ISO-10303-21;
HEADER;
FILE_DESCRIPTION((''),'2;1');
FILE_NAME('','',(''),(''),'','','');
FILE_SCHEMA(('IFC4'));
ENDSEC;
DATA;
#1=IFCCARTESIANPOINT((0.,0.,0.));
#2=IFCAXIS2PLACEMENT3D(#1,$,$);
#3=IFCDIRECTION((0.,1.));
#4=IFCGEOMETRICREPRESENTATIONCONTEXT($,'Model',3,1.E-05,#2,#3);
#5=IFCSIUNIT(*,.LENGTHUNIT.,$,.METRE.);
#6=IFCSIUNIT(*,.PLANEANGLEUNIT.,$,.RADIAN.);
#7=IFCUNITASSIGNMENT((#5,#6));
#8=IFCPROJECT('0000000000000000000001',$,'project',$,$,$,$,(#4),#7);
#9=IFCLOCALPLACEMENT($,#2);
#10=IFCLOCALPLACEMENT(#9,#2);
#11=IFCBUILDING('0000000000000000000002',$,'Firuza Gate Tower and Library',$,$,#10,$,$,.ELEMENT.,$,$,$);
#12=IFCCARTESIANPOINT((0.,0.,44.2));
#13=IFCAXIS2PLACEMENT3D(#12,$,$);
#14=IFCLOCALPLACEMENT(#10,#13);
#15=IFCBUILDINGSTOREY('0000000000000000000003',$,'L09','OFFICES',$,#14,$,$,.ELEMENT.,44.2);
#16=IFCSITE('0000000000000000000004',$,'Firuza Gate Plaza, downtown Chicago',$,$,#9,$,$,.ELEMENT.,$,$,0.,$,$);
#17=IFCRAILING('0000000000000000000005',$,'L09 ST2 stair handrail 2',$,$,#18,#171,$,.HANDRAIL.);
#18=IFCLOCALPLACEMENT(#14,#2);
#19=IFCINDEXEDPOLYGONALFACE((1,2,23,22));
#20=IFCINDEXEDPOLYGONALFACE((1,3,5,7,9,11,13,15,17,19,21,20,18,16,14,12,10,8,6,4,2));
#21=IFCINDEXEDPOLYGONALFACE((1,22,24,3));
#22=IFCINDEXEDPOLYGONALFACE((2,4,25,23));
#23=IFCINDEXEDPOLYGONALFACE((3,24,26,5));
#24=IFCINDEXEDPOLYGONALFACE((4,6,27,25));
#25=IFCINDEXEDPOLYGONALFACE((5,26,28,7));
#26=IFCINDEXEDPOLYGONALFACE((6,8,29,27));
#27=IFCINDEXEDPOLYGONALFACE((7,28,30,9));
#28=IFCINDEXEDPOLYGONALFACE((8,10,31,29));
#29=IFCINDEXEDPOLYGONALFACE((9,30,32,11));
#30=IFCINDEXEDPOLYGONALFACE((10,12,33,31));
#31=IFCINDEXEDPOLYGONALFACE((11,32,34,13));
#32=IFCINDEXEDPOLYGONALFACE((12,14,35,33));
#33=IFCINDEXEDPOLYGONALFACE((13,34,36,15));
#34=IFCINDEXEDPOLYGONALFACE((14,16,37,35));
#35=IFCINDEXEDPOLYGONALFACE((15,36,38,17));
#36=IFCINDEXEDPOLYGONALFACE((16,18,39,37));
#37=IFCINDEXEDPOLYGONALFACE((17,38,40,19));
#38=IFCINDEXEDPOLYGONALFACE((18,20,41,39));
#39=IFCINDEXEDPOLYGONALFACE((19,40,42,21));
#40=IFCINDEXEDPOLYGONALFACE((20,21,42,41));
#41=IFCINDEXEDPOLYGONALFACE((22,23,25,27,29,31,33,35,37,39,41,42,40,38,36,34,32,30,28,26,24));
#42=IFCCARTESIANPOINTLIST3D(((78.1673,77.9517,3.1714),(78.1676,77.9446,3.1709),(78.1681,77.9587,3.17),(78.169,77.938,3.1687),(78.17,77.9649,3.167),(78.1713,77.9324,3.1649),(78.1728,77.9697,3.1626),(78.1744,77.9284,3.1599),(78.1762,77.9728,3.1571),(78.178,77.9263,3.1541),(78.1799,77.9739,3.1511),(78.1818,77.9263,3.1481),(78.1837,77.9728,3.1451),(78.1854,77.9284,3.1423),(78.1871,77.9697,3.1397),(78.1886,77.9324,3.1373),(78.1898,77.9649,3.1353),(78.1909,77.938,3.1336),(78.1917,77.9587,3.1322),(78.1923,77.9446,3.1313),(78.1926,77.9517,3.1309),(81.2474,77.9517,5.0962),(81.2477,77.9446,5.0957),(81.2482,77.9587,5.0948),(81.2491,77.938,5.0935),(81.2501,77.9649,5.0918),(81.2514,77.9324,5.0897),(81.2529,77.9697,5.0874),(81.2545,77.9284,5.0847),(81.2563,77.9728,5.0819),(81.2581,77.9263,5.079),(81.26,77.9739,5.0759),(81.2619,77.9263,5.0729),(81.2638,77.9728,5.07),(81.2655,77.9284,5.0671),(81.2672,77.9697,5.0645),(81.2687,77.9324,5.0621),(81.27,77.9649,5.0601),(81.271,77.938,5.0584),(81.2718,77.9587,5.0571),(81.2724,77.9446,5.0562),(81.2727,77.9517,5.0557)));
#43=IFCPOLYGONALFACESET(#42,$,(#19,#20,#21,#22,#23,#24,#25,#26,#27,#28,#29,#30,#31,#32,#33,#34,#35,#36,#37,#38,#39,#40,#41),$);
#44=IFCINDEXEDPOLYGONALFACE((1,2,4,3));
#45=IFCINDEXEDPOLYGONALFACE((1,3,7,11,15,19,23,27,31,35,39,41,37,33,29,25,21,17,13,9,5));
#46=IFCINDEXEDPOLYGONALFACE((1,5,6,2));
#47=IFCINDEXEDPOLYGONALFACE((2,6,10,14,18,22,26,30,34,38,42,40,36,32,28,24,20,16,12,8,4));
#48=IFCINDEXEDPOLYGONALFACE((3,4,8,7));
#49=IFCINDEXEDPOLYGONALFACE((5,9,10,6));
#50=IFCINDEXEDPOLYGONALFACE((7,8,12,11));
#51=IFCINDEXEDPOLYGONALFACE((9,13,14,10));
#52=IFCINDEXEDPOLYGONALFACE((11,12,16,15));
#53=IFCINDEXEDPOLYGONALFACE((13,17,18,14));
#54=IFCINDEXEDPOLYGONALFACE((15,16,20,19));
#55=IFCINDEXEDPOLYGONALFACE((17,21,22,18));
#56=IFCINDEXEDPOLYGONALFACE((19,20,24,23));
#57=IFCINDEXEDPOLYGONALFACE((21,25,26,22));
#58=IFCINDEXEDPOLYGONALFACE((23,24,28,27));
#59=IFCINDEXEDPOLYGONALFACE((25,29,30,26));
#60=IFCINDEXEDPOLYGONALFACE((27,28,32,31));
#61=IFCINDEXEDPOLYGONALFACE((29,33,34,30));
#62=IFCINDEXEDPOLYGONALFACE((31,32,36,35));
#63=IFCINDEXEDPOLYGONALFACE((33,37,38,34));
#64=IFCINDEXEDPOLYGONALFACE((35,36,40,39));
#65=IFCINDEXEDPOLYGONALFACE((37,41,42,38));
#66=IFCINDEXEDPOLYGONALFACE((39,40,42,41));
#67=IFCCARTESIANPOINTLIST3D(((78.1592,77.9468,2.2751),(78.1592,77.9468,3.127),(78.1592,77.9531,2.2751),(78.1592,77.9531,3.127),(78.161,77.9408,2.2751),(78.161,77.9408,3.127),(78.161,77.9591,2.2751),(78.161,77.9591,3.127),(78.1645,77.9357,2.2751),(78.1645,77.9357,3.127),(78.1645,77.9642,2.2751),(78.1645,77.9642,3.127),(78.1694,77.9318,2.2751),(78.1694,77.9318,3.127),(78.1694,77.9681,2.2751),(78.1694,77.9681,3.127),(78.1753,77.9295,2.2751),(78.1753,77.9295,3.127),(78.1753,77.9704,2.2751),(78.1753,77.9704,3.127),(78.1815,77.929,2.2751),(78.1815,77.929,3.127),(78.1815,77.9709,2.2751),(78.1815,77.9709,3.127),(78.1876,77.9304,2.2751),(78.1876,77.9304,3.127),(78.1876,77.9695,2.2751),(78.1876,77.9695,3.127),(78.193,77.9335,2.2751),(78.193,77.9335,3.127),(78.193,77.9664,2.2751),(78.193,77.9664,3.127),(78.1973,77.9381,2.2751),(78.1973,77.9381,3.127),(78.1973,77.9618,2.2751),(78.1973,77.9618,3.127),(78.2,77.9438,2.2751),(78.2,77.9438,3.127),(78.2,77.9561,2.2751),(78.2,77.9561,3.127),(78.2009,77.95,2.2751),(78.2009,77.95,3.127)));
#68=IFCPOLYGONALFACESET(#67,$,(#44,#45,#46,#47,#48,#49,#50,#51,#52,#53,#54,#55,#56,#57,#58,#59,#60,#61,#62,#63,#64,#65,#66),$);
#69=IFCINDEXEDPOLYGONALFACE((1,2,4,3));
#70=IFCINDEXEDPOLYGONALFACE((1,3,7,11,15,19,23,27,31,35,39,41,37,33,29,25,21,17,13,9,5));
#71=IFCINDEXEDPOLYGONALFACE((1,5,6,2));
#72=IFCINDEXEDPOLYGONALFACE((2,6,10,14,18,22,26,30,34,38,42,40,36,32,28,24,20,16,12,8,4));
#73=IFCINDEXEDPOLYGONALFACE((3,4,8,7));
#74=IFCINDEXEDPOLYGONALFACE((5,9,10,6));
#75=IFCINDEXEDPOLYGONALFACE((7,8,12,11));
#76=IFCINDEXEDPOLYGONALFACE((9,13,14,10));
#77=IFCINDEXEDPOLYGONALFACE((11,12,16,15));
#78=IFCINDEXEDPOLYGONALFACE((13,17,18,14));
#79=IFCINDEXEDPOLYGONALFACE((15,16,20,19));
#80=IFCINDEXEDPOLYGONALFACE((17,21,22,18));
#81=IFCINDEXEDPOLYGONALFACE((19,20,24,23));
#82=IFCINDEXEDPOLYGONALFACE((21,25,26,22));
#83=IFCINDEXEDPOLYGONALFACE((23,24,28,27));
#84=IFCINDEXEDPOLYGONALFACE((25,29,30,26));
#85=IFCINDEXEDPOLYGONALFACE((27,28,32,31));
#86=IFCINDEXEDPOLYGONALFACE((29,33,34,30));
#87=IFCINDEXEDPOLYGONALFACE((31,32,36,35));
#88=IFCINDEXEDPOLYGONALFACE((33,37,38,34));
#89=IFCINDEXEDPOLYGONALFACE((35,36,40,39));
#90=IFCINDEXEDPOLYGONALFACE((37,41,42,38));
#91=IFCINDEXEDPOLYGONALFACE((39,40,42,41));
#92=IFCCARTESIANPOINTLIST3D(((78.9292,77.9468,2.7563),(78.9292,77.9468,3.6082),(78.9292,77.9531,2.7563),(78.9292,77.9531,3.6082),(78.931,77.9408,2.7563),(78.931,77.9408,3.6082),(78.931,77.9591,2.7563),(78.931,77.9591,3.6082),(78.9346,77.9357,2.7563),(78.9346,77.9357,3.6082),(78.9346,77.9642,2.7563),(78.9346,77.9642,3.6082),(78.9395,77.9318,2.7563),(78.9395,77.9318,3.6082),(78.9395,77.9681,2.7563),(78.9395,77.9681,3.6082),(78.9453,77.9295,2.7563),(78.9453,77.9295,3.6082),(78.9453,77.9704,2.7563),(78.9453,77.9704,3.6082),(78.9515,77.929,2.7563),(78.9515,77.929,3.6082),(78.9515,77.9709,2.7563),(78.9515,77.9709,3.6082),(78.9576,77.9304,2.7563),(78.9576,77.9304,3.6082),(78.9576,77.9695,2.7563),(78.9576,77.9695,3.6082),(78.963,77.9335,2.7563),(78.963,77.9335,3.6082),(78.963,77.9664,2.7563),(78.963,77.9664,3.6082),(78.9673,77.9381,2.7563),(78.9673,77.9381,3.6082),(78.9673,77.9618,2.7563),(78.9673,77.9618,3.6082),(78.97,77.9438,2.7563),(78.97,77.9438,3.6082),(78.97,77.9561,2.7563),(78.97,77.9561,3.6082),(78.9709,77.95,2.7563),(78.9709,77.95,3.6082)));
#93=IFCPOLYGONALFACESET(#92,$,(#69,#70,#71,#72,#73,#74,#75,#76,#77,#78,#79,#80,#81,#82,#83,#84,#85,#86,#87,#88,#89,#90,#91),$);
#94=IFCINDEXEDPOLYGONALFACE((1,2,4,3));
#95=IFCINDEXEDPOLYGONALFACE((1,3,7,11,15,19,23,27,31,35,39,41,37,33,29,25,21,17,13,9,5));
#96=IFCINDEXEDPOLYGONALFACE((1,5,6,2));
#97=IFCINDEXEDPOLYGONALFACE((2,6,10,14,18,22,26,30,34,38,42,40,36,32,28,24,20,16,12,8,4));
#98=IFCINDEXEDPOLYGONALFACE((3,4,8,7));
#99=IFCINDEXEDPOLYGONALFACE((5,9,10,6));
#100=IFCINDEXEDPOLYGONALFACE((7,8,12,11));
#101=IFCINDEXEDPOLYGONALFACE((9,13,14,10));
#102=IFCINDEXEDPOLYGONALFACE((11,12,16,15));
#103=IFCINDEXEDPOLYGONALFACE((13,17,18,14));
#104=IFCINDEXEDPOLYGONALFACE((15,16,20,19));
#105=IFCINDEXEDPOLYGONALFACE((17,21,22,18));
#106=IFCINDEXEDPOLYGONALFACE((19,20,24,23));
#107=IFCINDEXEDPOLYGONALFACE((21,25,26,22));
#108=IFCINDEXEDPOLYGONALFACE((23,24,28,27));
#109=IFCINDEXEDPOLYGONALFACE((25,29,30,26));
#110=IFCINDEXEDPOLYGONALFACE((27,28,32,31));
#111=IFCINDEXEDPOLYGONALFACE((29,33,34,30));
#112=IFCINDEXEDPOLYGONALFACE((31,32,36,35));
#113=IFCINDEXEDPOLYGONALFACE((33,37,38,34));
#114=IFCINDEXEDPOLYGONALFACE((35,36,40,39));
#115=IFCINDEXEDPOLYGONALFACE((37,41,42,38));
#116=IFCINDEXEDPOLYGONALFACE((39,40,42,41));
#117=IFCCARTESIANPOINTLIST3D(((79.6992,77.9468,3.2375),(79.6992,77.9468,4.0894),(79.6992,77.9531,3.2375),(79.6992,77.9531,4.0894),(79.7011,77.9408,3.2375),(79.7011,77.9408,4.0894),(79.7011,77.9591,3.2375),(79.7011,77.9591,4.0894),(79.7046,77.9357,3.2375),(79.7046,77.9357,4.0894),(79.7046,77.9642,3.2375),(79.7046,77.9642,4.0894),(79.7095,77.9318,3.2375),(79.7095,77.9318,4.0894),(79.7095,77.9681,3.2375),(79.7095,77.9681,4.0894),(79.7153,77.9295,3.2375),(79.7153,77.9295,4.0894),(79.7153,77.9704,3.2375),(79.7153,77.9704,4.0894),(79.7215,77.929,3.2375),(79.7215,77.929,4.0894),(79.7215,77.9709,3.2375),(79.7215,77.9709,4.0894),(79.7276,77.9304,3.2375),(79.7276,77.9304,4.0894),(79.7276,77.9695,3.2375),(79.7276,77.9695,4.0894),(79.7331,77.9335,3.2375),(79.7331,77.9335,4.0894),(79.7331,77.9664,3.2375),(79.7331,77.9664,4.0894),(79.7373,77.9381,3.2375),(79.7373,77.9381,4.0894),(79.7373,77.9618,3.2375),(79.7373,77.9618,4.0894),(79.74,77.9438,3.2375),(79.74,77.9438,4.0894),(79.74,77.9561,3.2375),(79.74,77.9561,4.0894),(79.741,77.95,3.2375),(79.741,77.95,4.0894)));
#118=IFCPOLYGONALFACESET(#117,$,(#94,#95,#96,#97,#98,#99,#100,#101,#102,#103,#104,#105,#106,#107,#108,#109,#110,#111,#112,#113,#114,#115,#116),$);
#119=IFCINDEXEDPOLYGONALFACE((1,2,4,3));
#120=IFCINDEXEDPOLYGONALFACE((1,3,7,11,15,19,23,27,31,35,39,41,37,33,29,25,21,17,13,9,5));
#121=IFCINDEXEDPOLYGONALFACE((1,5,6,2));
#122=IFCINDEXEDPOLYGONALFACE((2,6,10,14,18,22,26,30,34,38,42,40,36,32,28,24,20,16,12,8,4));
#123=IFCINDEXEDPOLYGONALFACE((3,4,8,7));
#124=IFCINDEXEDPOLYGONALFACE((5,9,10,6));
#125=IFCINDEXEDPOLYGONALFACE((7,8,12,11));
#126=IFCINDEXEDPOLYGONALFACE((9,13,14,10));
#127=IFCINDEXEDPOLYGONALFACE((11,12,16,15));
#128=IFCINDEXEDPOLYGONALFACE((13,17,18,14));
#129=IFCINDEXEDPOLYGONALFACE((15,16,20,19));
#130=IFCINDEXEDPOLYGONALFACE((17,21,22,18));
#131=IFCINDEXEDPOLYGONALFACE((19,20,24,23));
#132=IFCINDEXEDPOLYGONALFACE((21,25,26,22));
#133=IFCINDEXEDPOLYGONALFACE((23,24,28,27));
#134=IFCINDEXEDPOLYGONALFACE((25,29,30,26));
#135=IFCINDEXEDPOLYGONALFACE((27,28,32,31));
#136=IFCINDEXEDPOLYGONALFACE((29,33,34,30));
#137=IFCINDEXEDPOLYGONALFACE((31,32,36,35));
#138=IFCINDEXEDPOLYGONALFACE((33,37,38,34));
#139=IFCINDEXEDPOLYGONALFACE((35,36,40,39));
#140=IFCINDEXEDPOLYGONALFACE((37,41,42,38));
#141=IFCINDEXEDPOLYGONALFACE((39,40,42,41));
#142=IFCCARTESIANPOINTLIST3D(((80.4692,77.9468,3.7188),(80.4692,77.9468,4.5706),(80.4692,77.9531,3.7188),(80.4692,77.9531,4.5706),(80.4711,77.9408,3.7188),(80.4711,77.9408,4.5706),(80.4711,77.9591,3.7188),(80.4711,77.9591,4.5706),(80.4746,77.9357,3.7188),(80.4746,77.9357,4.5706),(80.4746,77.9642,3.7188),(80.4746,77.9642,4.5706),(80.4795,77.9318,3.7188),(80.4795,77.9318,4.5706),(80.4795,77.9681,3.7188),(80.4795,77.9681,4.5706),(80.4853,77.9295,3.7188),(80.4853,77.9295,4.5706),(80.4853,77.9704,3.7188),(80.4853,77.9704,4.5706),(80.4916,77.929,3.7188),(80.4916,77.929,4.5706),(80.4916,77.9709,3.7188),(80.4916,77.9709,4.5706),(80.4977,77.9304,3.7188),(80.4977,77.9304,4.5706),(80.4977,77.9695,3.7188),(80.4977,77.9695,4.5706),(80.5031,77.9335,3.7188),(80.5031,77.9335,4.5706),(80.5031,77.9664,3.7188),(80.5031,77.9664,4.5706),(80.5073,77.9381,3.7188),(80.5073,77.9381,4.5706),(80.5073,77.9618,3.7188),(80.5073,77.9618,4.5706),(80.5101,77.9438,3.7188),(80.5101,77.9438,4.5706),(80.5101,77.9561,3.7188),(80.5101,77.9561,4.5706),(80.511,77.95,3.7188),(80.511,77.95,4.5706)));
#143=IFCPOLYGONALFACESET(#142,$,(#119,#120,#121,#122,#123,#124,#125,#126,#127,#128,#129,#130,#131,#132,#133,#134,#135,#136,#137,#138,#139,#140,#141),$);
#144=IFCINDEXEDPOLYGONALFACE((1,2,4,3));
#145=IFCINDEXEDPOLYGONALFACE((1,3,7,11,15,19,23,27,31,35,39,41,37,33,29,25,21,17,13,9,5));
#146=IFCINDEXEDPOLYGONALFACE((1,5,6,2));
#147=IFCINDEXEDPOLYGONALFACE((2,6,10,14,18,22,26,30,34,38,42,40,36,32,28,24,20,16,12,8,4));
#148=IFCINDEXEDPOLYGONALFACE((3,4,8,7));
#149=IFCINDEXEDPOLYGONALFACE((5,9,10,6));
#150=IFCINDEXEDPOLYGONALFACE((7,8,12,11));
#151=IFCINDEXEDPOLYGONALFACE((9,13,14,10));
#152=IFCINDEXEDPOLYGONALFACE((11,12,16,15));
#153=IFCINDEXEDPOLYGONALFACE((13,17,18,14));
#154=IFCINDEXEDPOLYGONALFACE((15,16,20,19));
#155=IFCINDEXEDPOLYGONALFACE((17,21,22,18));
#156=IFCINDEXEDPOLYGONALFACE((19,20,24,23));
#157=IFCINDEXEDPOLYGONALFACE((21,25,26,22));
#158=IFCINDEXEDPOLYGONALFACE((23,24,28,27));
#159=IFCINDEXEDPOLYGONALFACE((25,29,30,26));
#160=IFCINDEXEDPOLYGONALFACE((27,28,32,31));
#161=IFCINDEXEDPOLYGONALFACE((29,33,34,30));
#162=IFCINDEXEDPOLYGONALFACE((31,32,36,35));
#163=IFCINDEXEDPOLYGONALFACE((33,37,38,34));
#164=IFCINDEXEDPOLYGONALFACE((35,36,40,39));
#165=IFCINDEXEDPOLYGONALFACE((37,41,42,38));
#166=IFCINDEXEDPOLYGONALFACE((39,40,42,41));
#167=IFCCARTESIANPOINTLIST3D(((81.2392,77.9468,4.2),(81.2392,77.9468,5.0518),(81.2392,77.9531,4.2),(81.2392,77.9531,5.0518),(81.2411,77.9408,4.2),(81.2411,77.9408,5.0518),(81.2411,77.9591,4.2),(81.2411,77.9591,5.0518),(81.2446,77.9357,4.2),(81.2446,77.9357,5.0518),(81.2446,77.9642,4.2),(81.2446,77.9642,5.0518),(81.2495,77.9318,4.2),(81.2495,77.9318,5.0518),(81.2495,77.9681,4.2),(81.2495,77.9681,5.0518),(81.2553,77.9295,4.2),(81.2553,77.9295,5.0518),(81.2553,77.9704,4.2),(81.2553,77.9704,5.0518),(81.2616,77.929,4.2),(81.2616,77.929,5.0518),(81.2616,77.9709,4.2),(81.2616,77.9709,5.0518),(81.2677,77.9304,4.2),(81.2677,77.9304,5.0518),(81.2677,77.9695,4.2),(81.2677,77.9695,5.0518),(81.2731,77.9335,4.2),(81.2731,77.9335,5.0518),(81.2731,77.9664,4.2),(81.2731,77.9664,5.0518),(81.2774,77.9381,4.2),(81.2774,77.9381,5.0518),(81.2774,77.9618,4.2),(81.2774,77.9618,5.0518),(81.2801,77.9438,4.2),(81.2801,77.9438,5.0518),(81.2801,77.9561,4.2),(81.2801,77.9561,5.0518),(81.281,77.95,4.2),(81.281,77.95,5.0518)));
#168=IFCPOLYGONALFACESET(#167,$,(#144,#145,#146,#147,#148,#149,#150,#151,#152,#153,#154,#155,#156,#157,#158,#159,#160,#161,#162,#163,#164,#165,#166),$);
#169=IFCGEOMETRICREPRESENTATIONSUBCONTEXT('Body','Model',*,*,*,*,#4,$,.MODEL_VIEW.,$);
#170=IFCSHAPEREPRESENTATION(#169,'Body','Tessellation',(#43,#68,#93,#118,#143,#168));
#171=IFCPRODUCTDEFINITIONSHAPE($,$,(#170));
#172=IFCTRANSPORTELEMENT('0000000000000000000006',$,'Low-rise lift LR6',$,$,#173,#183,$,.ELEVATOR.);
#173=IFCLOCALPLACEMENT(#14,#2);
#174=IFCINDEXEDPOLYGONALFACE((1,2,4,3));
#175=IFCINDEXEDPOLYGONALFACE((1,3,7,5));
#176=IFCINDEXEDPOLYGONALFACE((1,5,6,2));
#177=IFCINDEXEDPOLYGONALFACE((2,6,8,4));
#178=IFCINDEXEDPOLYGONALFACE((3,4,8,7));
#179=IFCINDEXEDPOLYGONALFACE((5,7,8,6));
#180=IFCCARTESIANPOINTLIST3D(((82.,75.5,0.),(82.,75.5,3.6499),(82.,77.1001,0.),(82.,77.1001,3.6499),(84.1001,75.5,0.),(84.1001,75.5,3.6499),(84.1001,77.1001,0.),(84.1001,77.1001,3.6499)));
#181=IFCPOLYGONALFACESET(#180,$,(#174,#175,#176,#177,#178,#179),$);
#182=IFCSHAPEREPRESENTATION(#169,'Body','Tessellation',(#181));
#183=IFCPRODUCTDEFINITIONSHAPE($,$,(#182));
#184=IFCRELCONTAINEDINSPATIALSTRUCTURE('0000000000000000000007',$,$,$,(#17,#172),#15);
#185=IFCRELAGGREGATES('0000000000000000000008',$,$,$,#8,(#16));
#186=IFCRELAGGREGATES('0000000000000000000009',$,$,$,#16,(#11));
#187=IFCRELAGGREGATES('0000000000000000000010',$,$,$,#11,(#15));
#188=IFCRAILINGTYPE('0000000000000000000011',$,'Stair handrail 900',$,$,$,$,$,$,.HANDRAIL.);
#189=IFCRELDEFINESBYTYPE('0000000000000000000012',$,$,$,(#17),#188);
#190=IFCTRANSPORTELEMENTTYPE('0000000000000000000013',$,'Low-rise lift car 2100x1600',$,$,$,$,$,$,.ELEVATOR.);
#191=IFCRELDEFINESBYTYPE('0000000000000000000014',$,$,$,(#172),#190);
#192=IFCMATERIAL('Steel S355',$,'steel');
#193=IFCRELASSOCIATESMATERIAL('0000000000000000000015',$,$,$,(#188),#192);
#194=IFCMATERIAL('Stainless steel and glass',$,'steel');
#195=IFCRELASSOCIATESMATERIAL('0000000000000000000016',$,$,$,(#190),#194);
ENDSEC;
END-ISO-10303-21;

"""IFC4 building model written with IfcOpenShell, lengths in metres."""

from ifc_helpers import new_model, si_unit, direction, frame, origin, origin_2d, place, context, subcontext, project, spatial, rectangle, circle, extrude, material, type_object, element, save


model = new_model("IFC4")

# Units and contexts
model_context = context("Model", 3, precision=1e-05, world=origin(), true_north=direction((0.0, 1.0)))
body_context = subcontext(model_context, "Body", "Model", "MODEL_VIEW")
ifc_project = project(units=[si_unit("LENGTHUNIT", "METRE"), si_unit("PLANEANGLEUNIT", "RADIAN")], contexts=[model_context])

# Site, building, storey
site_placement = place(None, origin())
site = spatial("IfcSite", under=ifc_project, at=site_placement, Name="Firuza Gate Plaza, downtown Chicago", CompositionType="ELEMENT", RefElevation=0.0)
building_placement = place(site_placement, origin())
building = spatial("IfcBuilding", under=site, at=building_placement, Name="Firuza Gate Tower and Library", CompositionType="ELEMENT")
storey_placement = place(building_placement, frame((0.0, 0.0, 44.2)))
storey = spatial("IfcBuildingStorey", under=building, at=storey_placement, Name="L09", Description="OFFICES", CompositionType="ELEMENT", Elevation=44.2)

# Railing
ifc_material_1 = material(Name="Steel S355", Category="steel")
railing_type_1 = type_object("IfcRailingType", Name="Stair handrail 900", PredefinedType="HANDRAIL", material=ifc_material_1)
railing_1_placement = place(storey_placement, frame((78.1799, 77.95, 2.2751)))
element("IfcRailing", 1, at=railing_1_placement, inside=storey, type_object=railing_type_1, Name="L09 ST2 stair handrail 2", PredefinedType="HANDRAIL", context=body_context, shape_type="SweptSolid", body=[
    extrude(circle(Radius=0.0239, at=origin_2d()), frame((0.0, 0.0, 0.876), z_axis=(0.848029, 0.0, 0.529951), x_axis=(0.0, 1.0, 0.0)), (0.0, 0.0, 1.0), 3.6321),
    extrude(circle(Radius=0.021, at=origin_2d()), origin(), (0.0, 0.0, 1.0), 0.8518),
    extrude(circle(Radius=0.021, at=origin_2d()), frame((0.77, 0.0, 0.4812)), (0.0, 0.0, 1.0), 0.8518),
    extrude(circle(Radius=0.021, at=origin_2d()), frame((1.54, 0.0, 0.9624)), (0.0, 0.0, 1.0), 0.8518),
    extrude(circle(Radius=0.021, at=origin_2d()), frame((2.3101, 0.0, 1.4436)), (0.0, 0.0, 1.0), 0.8518),
    extrude(circle(Radius=0.021, at=origin_2d()), frame((3.0801, 0.0, 1.9248)), (0.0, 0.0, 1.0), 0.8518),
])

# Transport element
ifc_material_2 = material(Name="Stainless steel and glass", Category="steel")
transport_element_type = type_object("IfcTransportElementType", Name="Low-rise lift car 2100x1600", PredefinedType="ELEVATOR", material=ifc_material_2)
transport_element_placement = place(storey_placement, frame((83.05, 76.3, 0.0), z_axis=(0.0, 0.0, 1.0), x_axis=(1.0, 0.0, 0.0)))
element("IfcTransportElement", 2, at=transport_element_placement, inside=storey, type_object=transport_element_type, Name="Low-rise lift LR6", PredefinedType="ELEVATOR", context=body_context, shape_type="SweptSolid", body=[
    extrude(rectangle(XDim=2.1001, YDim=1.6001, at=origin_2d()), origin(), (0.0, 0.0, 1.0), 3.6499),
])

save(model, "model.ifc")
